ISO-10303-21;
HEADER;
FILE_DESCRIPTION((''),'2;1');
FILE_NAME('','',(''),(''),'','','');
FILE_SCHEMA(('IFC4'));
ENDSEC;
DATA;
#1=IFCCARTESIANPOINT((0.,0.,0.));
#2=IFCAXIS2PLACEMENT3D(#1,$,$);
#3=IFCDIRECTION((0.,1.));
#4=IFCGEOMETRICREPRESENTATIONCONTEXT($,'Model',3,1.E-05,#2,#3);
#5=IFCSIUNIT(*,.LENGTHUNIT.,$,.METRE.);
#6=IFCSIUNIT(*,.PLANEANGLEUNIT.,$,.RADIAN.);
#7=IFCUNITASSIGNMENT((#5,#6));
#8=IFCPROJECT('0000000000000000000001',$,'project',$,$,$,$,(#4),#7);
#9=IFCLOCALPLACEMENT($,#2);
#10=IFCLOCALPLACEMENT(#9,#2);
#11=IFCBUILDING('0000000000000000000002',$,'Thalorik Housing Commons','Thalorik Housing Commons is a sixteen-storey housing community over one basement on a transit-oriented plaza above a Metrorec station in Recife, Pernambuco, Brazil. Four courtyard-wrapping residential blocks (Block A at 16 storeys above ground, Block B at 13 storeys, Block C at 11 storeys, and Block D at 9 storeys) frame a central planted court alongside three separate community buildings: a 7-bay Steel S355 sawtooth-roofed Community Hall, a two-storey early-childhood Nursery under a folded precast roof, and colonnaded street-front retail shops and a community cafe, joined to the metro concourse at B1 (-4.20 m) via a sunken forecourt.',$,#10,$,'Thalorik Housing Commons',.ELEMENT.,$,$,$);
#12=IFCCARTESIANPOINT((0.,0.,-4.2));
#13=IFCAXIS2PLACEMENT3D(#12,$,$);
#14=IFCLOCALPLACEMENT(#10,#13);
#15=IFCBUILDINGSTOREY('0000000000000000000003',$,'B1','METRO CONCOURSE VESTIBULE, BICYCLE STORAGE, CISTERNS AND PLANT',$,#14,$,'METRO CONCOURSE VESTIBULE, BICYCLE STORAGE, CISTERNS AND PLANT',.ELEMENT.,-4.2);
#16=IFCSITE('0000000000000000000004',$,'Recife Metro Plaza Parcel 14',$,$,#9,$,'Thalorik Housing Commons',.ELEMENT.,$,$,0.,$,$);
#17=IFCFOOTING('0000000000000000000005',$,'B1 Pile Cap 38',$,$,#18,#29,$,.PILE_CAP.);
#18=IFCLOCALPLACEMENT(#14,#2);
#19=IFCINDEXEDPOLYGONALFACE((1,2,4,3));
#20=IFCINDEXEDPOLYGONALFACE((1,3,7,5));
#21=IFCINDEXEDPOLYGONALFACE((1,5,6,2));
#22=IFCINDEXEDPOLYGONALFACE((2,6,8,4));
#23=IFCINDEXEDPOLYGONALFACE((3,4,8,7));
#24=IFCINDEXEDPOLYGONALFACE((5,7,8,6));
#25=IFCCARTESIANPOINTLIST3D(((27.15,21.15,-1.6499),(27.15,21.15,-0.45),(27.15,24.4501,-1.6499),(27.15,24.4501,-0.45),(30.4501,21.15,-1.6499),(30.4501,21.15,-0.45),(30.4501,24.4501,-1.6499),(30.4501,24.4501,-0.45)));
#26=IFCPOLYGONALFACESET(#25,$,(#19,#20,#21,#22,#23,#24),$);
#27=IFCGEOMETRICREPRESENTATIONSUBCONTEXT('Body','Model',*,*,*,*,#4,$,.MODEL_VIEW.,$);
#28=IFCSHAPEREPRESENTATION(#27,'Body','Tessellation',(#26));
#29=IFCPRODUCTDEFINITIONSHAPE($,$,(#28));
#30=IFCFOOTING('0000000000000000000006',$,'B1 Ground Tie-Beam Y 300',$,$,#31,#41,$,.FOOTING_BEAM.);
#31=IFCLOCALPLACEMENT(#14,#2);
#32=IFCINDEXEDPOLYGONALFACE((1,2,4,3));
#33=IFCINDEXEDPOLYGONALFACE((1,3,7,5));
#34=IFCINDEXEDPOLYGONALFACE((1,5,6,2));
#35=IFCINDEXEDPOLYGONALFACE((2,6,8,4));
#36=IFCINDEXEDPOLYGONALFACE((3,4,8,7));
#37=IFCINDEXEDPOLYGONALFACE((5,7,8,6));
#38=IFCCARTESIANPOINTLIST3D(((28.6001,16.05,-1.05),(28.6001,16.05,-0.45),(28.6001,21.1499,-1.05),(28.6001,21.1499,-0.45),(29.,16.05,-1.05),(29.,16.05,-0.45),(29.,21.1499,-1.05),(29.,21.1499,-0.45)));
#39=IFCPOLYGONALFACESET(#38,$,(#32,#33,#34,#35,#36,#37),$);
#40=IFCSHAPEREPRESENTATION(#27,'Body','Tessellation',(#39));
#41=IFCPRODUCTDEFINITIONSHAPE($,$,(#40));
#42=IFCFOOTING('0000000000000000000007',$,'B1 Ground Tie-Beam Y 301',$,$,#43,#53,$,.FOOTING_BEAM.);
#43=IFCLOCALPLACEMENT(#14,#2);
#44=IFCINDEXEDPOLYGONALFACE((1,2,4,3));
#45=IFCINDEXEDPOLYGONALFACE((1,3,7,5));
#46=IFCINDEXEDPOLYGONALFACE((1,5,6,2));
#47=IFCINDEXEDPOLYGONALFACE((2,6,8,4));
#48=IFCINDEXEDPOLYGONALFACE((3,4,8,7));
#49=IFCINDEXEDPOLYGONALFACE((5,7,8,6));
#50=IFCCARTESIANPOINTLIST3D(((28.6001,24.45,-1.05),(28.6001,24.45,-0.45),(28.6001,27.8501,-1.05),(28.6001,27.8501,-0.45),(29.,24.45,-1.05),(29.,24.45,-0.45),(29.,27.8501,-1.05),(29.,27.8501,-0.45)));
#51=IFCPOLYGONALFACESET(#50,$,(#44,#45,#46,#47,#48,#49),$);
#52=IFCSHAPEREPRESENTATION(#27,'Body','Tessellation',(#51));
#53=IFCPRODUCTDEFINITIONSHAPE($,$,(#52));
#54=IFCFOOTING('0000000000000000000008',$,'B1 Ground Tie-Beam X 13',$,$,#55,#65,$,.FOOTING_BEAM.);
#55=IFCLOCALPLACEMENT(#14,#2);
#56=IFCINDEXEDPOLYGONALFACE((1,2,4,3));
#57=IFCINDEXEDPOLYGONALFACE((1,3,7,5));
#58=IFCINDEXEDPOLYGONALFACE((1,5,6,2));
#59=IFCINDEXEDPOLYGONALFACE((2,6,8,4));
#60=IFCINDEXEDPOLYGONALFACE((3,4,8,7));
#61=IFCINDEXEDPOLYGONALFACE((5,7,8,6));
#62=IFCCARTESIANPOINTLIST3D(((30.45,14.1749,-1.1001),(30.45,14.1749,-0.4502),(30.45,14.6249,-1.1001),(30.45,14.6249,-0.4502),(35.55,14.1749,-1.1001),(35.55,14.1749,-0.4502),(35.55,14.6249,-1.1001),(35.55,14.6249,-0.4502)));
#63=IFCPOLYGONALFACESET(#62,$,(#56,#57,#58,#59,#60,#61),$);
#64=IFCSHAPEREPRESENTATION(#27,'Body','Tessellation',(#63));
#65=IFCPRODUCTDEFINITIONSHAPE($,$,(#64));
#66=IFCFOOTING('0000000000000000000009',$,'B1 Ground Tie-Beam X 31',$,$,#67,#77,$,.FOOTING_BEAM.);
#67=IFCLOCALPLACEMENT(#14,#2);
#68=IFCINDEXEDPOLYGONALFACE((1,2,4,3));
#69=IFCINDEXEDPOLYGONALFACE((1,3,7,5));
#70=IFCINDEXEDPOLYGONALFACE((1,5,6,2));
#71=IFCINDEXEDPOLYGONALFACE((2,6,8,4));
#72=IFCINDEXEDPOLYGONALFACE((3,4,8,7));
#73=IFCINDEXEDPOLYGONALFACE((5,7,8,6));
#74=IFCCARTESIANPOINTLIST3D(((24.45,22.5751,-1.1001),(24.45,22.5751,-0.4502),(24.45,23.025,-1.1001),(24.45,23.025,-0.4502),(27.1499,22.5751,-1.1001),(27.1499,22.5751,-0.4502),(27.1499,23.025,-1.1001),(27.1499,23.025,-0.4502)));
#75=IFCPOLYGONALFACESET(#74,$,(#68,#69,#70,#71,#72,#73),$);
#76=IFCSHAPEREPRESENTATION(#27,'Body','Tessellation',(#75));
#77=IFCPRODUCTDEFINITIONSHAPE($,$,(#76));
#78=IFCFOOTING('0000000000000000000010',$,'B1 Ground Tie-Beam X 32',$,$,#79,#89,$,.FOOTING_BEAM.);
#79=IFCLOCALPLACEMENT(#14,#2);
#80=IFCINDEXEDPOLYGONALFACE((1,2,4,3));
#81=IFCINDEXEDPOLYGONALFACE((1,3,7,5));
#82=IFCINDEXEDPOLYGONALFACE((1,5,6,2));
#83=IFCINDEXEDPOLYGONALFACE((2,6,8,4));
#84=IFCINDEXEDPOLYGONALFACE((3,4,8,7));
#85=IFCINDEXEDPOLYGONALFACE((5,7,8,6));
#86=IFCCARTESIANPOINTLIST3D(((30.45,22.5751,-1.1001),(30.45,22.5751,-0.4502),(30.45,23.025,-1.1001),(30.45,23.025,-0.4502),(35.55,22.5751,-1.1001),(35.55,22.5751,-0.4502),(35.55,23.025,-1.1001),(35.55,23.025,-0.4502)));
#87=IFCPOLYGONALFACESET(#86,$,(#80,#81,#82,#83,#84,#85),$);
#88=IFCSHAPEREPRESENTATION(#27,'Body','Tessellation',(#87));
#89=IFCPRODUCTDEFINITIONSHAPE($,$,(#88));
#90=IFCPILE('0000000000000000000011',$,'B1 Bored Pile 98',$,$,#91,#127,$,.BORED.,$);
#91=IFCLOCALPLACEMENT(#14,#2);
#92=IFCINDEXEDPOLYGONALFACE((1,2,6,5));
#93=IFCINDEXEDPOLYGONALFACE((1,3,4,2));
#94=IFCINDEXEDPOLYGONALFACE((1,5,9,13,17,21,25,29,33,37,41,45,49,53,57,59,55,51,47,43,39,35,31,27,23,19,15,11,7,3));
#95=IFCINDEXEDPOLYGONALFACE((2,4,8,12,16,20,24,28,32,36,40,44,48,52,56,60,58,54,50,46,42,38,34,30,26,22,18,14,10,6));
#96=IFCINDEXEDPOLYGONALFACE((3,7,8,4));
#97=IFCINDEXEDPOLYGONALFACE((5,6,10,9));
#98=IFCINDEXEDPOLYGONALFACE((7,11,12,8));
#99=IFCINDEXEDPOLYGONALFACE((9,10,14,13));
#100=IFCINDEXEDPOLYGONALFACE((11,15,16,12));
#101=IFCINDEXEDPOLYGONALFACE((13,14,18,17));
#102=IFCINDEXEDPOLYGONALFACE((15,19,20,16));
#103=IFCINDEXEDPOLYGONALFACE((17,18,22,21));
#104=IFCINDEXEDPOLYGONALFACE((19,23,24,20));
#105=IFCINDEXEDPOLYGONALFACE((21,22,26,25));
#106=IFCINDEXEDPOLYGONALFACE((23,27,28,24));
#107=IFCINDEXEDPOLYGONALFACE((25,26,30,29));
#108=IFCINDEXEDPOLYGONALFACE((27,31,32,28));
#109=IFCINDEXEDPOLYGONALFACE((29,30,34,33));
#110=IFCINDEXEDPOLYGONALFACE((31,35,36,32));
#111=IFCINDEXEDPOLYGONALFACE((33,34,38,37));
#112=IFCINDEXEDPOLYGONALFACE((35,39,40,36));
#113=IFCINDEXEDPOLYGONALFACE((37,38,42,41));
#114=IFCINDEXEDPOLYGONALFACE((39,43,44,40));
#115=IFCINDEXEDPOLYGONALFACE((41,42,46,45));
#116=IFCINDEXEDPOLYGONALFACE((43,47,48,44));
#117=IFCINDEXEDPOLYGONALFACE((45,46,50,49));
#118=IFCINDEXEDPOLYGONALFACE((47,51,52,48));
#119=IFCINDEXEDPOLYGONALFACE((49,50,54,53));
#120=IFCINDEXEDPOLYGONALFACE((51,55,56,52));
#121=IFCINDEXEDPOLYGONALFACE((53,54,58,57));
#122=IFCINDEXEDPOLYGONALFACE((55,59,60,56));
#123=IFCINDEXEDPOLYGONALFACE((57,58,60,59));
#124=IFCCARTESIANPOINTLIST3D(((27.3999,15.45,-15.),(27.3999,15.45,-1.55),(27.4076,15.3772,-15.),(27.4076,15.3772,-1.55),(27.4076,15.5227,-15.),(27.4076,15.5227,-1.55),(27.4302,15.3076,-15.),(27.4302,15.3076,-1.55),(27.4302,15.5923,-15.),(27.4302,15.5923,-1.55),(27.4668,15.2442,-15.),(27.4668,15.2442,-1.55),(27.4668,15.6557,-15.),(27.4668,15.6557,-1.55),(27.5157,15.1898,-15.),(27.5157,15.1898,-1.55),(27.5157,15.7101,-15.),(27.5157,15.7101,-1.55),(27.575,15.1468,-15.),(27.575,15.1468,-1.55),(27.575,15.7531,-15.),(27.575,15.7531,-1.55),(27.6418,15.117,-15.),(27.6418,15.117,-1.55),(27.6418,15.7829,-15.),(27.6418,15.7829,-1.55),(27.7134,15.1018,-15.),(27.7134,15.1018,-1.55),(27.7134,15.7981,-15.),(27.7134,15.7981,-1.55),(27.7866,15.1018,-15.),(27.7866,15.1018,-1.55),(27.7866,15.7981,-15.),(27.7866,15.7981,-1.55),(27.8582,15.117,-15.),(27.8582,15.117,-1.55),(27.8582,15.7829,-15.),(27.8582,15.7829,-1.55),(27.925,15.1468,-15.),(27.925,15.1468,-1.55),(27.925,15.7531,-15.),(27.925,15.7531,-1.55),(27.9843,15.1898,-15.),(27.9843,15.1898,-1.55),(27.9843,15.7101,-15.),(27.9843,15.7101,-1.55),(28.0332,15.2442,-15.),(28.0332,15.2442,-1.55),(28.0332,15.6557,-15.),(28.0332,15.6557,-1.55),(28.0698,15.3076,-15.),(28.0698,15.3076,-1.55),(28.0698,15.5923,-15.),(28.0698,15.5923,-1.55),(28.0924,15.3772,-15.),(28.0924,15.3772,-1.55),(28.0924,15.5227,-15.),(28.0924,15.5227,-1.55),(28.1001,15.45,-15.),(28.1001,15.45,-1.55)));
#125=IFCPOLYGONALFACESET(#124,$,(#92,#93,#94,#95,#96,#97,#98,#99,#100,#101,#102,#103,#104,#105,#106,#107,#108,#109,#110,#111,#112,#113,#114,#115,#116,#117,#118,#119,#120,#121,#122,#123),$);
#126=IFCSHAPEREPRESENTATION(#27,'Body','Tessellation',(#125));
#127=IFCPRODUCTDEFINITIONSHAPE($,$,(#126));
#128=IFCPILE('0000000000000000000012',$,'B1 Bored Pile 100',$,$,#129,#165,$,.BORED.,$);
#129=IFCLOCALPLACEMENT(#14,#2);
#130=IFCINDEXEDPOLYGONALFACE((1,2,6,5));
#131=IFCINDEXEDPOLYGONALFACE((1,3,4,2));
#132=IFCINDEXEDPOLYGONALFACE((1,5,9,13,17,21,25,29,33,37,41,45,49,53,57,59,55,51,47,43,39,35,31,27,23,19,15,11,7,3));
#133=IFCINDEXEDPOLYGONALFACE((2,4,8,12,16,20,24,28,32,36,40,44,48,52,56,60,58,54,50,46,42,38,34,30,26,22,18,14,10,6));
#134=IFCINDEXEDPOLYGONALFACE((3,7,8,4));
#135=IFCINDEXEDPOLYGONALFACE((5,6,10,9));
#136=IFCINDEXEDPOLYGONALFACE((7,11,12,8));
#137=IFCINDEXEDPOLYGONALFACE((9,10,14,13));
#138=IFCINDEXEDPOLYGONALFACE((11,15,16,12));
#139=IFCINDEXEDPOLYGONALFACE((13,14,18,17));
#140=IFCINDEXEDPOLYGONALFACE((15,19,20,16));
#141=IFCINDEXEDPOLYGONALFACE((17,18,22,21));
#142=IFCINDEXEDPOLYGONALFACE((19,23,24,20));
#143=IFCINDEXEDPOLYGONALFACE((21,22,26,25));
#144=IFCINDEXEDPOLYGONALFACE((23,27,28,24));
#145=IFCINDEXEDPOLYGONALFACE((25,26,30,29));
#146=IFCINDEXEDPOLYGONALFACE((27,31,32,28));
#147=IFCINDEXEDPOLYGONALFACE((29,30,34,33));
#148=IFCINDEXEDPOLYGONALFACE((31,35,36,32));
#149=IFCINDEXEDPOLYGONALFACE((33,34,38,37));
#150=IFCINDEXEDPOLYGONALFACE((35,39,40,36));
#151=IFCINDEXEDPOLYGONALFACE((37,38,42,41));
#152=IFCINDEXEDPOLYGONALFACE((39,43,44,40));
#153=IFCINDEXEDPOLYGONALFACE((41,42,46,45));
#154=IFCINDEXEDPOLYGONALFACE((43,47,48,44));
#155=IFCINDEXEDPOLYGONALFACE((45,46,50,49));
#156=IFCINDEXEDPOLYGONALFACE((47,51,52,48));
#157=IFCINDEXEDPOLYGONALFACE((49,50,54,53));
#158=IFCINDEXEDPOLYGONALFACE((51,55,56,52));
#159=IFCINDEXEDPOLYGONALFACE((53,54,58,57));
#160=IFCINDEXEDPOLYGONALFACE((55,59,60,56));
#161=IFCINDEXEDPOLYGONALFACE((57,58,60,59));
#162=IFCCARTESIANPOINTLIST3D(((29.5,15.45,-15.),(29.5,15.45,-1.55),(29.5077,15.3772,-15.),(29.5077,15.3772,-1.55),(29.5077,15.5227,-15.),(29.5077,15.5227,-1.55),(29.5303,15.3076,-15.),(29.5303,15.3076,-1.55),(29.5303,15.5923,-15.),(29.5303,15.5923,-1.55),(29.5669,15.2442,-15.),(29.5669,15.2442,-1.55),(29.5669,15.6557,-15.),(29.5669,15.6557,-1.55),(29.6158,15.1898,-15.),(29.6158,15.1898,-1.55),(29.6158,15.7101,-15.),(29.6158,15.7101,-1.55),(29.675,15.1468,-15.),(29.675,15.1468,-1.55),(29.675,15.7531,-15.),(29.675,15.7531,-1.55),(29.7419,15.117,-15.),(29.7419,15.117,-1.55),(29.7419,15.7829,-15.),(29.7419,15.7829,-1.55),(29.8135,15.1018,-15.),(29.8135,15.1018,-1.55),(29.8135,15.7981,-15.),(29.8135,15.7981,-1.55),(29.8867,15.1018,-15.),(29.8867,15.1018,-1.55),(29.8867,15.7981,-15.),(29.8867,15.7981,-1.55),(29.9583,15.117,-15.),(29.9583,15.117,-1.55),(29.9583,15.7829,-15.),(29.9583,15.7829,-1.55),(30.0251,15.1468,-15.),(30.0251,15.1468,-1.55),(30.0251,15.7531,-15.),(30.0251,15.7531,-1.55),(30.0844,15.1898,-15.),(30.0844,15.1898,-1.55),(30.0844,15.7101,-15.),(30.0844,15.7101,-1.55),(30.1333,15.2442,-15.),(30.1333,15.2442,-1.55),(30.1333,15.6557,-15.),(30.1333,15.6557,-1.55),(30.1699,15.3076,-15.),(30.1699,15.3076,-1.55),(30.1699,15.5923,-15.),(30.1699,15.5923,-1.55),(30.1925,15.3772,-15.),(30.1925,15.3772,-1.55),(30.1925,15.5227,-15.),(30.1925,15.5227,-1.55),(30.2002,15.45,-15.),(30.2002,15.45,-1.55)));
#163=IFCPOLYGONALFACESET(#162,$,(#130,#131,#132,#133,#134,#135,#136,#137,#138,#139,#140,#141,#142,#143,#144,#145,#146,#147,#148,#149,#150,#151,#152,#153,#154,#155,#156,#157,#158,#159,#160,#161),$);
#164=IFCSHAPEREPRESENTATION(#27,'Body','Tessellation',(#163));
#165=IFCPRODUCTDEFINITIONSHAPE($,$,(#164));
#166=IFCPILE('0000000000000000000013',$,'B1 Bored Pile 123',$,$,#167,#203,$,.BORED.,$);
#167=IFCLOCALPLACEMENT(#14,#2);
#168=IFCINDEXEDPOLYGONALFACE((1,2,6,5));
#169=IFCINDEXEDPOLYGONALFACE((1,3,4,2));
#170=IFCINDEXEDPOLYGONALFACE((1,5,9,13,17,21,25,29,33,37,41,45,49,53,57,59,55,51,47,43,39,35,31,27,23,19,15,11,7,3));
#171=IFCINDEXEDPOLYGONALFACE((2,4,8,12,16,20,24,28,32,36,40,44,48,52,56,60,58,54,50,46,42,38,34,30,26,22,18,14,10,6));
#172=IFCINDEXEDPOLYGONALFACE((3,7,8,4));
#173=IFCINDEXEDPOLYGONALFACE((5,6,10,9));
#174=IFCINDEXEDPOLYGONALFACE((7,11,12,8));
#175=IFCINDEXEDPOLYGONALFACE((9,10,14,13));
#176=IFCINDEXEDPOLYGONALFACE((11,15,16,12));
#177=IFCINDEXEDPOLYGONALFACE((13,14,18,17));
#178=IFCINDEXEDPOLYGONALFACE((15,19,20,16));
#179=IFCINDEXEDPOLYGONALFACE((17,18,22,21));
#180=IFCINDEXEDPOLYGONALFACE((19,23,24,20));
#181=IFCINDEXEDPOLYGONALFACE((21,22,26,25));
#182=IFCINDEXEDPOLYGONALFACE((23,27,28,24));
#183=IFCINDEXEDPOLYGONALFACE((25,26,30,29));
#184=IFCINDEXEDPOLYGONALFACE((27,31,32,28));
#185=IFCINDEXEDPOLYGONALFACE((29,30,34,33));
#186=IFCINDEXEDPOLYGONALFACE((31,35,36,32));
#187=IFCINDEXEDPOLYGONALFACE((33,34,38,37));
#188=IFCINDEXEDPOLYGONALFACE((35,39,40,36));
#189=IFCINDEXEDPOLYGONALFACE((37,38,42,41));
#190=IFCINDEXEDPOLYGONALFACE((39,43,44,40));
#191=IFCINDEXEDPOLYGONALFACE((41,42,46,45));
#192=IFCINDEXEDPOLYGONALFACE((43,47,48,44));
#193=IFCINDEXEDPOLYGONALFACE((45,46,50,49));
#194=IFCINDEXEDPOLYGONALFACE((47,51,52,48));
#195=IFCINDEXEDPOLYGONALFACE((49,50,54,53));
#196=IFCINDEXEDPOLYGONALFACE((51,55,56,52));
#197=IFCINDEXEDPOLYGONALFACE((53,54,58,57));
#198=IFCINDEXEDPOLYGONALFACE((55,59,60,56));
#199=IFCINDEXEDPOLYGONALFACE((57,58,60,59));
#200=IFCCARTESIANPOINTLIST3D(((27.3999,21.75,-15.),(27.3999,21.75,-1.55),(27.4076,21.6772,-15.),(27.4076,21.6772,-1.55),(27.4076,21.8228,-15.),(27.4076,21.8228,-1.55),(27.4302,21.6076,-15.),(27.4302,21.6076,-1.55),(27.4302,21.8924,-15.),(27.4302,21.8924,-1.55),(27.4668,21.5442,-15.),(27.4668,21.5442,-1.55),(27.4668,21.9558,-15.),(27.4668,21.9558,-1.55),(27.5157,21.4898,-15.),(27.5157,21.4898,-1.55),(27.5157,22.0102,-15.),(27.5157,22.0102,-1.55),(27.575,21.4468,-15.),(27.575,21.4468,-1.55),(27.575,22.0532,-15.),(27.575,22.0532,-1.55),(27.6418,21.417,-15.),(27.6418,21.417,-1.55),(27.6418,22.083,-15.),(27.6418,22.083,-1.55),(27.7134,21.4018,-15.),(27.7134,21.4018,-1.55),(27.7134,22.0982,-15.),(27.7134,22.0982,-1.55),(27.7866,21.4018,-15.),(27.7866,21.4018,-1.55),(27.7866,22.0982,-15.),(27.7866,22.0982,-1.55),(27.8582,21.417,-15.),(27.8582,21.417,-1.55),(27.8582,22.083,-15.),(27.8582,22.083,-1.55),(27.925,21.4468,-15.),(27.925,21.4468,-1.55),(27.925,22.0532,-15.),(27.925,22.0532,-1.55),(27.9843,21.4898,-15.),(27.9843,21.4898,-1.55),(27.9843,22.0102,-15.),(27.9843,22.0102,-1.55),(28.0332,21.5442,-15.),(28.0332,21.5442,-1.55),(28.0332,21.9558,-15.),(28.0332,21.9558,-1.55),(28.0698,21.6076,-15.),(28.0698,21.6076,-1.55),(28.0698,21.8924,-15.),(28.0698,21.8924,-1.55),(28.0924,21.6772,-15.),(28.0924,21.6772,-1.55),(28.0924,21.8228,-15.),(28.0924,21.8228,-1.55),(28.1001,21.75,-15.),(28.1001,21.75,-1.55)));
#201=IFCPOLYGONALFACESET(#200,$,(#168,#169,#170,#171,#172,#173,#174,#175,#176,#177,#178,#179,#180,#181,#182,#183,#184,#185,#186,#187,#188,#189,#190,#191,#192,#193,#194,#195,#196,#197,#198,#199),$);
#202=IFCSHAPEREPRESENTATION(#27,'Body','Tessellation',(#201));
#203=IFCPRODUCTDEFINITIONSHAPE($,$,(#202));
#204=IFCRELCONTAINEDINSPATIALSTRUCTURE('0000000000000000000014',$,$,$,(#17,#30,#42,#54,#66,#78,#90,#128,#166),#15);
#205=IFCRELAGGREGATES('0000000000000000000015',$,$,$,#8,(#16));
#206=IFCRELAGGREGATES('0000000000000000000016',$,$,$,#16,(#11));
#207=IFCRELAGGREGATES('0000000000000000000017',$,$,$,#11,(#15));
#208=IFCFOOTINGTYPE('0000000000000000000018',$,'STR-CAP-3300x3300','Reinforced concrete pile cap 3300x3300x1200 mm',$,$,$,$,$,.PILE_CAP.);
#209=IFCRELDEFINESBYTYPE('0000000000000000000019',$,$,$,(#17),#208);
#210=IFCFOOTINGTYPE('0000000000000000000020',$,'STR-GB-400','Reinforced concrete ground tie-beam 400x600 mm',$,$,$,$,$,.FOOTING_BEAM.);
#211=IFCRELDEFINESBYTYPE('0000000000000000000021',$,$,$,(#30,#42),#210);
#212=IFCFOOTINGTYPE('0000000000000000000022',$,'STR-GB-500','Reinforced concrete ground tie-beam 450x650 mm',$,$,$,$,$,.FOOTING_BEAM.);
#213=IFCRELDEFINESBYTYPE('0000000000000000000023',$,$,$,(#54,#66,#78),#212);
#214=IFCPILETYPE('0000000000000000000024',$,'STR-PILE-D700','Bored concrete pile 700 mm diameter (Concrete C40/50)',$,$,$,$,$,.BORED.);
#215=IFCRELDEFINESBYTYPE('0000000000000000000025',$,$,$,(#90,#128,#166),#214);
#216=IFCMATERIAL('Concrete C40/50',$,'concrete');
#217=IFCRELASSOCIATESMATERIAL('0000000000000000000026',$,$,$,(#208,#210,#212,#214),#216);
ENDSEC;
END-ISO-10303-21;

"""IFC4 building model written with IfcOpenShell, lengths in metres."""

from ifc_helpers import new_model, si_unit, direction, frame, origin, origin_2d, place, context, subcontext, project, spatial, rectangle, circle, extrude, material, material_profile, profile_set, type_object, element, save


model = new_model("IFC4")

# Units and contexts
model_context = context("Model", 3, precision=1e-05, world=origin(), true_north=direction((0.0, 1.0)))
body_context = subcontext(model_context, "Body", "Model", "MODEL_VIEW")
ifc_project = project(units=[si_unit("LENGTHUNIT", "METRE"), si_unit("PLANEANGLEUNIT", "RADIAN")], contexts=[model_context])

# Site, building, storey
site_placement = place(None, origin())
site = spatial("IfcSite", under=ifc_project, at=site_placement, Name="Recife Metro Plaza Parcel 14", LongName="Thalorik Housing Commons", CompositionType="ELEMENT", RefElevation=0.0)
building_placement = place(site_placement, origin())
building = spatial("IfcBuilding", under=site, at=building_placement, Name="Thalorik Housing Commons", Description="Thalorik Housing Commons is a sixteen-storey housing community over one basement on a transit-oriented plaza above a Metrorec station in Recife, Pernambuco, Brazil. Four courtyard-wrapping residential blocks (Block A at 16 storeys above ground, Block B at 13 storeys, Block C at 11 storeys, and Block D at 9 storeys) frame a central planted court alongside three separate community buildings: a 7-bay Steel S355 sawtooth-roofed Community Hall, a two-storey early-childhood Nursery under a folded precast roof, and colonnaded street-front retail shops and a community cafe, joined to the metro concourse at B1 (-4.20 m) via a sunken forecourt.", LongName="Thalorik Housing Commons", CompositionType="ELEMENT")
storey_placement = place(building_placement, frame((0.0, 0.0, -4.2)))
storey = spatial("IfcBuildingStorey", under=building, at=storey_placement, Name="B1", Description="METRO CONCOURSE VESTIBULE, BICYCLE STORAGE, CISTERNS AND PLANT", LongName="METRO CONCOURSE VESTIBULE, BICYCLE STORAGE, CISTERNS AND PLANT", CompositionType="ELEMENT", Elevation=-4.2)

# Footings
ifc_material_1 = material(Name="Concrete C40/50", Category="concrete")
footing_type_1 = type_object("IfcFootingType", Name="STR-CAP-3300x3300", Description="Reinforced concrete pile cap 3300x3300x1200 mm", PredefinedType="PILE_CAP", material=ifc_material_1)
footing_1_placement = place(storey_placement, frame((28.8, 22.8, -1.6499), z_axis=(0.0, 0.0, 1.0), x_axis=(1.0, 0.0, 0.0)))
element("IfcFooting", 1, at=footing_1_placement, inside=storey, type_object=footing_type_1, Name="B1 Pile Cap 38", PredefinedType="PILE_CAP", context=body_context, shape_type="SweptSolid", body=[
    extrude(rectangle(XDim=3.3, YDim=3.3, at=origin_2d()), origin(), (0.0, 0.0, 1.0), 1.2),
])
ifc_material_profile_1 = material_profile(ifc_material_1, rectangle(XDim=0.3999, YDim=0.6001, at=origin_2d()), Name="RC 400x600", Category="concrete")
ifc_profile_set_1 = profile_set([ifc_material_profile_1], Name="Concrete C40/50")
footing_type_2 = type_object("IfcFootingType", Name="STR-GB-400", Description="Reinforced concrete ground tie-beam 400x600 mm", PredefinedType="FOOTING_BEAM", material=ifc_profile_set_1)
footing_2_placement = place(storey_placement, frame((28.8, 16.05, -0.75), z_axis=(0.0, 1.0, 0.0), x_axis=(-1.0, 0.0, 0.0)))
element("IfcFooting", 2, at=footing_2_placement, inside=storey, type_object=footing_type_2, Name="B1 Ground Tie-Beam Y 300", PredefinedType="FOOTING_BEAM", context=body_context, shape_type="SweptSolid", body=[
    extrude(rectangle(XDim=0.3999, YDim=0.6001, at=origin_2d()), origin(), (0.0, 0.0, 1.0), 5.0999),
])
footing_3_placement = place(storey_placement, frame((28.8, 24.45, -0.75), z_axis=(0.0, 1.0, 0.0), x_axis=(-1.0, 0.0, 0.0)))
element("IfcFooting", 3, at=footing_3_placement, inside=storey, type_object=footing_type_2, Name="B1 Ground Tie-Beam Y 301", PredefinedType="FOOTING_BEAM", context=body_context, shape_type="SweptSolid", body=[
    extrude(rectangle(XDim=0.3999, YDim=0.6001, at=origin_2d()), origin(), (0.0, 0.0, 1.0), 3.4001),
])
ifc_material_profile_2 = material_profile(ifc_material_1, rectangle(XDim=0.45, YDim=0.6499, at=origin_2d()), Name="RC 450x650", Category="concrete")
ifc_profile_set_2 = profile_set([ifc_material_profile_2], Name="Concrete C40/50")
footing_type_3 = type_object("IfcFootingType", Name="STR-GB-500", Description="Reinforced concrete ground tie-beam 450x650 mm", PredefinedType="FOOTING_BEAM", material=ifc_profile_set_2)
footing_4_placement = place(storey_placement, frame((30.45, 14.3999, -0.7751), z_axis=(1.0, 0.0, 0.0), x_axis=(0.0, 1.0, 0.0)))
element("IfcFooting", 4, at=footing_4_placement, inside=storey, type_object=footing_type_3, Name="B1 Ground Tie-Beam X 13", PredefinedType="FOOTING_BEAM", context=body_context, shape_type="SweptSolid", body=[
    extrude(rectangle(XDim=0.45, YDim=0.6499, at=origin_2d()), origin(), (0.0, 0.0, 1.0), 5.1001),
])
footing_5_placement = place(storey_placement, frame((24.45, 22.8, -0.7751), z_axis=(1.0, 0.0, 0.0), x_axis=(0.0, 1.0, 0.0)))
element("IfcFooting", 5, at=footing_5_placement, inside=storey, type_object=footing_type_3, Name="B1 Ground Tie-Beam X 31", PredefinedType="FOOTING_BEAM", context=body_context, shape_type="SweptSolid", body=[
    extrude(rectangle(XDim=0.45, YDim=0.6499, at=origin_2d()), origin(), (0.0, 0.0, 1.0), 2.7),
])
footing_6_placement = place(storey_placement, frame((30.45, 22.8, -0.7751), z_axis=(1.0, 0.0, 0.0), x_axis=(0.0, 1.0, 0.0)))
element("IfcFooting", 6, at=footing_6_placement, inside=storey, type_object=footing_type_3, Name="B1 Ground Tie-Beam X 32", PredefinedType="FOOTING_BEAM", context=body_context, shape_type="SweptSolid", body=[
    extrude(rectangle(XDim=0.45, YDim=0.6499, at=origin_2d()), origin(), (0.0, 0.0, 1.0), 5.1001),
])

# Piles
ifc_material_profile_3 = material_profile(ifc_material_1, circle(Radius=0.3501, at=origin_2d()), Name="BORED PILE D700", Category="concrete")
ifc_profile_set_3 = profile_set([ifc_material_profile_3], Name="Concrete C40/50")
pile_type_1 = type_object("IfcPileType", Name="STR-PILE-D700", Description="Bored concrete pile 700 mm diameter (Concrete C40/50)", PredefinedType="BORED", material=ifc_profile_set_3)
for number, where, z_axis, x_axis, name in (
    (7, (27.75, 15.45, -1.55), (0.0, 0.0, -1.0), (1.0, 0.0, 0.0), "B1 Bored Pile 98"),
    (8, (29.8501, 15.45, -1.55), (0.0, 0.0, -1.0), (1.0, 0.0, 0.0), "B1 Bored Pile 100"),
    (9, (27.75, 21.75, -1.55), (0.0, 0.0, -1.0), (1.0, 0.0, 0.0), "B1 Bored Pile 123"),
):
    element("IfcPile", number, at=place(storey_placement, frame(where, z_axis=z_axis, x_axis=x_axis)), inside=storey, type_object=pile_type_1, Name=name, PredefinedType="BORED", context=body_context, shape_type="SweptSolid", body=[
        extrude(circle(Radius=0.3501, at=origin_2d()), origin(), (0.0, 0.0, 1.0), 13.45),
    ])

save(model, "model.ifc")
